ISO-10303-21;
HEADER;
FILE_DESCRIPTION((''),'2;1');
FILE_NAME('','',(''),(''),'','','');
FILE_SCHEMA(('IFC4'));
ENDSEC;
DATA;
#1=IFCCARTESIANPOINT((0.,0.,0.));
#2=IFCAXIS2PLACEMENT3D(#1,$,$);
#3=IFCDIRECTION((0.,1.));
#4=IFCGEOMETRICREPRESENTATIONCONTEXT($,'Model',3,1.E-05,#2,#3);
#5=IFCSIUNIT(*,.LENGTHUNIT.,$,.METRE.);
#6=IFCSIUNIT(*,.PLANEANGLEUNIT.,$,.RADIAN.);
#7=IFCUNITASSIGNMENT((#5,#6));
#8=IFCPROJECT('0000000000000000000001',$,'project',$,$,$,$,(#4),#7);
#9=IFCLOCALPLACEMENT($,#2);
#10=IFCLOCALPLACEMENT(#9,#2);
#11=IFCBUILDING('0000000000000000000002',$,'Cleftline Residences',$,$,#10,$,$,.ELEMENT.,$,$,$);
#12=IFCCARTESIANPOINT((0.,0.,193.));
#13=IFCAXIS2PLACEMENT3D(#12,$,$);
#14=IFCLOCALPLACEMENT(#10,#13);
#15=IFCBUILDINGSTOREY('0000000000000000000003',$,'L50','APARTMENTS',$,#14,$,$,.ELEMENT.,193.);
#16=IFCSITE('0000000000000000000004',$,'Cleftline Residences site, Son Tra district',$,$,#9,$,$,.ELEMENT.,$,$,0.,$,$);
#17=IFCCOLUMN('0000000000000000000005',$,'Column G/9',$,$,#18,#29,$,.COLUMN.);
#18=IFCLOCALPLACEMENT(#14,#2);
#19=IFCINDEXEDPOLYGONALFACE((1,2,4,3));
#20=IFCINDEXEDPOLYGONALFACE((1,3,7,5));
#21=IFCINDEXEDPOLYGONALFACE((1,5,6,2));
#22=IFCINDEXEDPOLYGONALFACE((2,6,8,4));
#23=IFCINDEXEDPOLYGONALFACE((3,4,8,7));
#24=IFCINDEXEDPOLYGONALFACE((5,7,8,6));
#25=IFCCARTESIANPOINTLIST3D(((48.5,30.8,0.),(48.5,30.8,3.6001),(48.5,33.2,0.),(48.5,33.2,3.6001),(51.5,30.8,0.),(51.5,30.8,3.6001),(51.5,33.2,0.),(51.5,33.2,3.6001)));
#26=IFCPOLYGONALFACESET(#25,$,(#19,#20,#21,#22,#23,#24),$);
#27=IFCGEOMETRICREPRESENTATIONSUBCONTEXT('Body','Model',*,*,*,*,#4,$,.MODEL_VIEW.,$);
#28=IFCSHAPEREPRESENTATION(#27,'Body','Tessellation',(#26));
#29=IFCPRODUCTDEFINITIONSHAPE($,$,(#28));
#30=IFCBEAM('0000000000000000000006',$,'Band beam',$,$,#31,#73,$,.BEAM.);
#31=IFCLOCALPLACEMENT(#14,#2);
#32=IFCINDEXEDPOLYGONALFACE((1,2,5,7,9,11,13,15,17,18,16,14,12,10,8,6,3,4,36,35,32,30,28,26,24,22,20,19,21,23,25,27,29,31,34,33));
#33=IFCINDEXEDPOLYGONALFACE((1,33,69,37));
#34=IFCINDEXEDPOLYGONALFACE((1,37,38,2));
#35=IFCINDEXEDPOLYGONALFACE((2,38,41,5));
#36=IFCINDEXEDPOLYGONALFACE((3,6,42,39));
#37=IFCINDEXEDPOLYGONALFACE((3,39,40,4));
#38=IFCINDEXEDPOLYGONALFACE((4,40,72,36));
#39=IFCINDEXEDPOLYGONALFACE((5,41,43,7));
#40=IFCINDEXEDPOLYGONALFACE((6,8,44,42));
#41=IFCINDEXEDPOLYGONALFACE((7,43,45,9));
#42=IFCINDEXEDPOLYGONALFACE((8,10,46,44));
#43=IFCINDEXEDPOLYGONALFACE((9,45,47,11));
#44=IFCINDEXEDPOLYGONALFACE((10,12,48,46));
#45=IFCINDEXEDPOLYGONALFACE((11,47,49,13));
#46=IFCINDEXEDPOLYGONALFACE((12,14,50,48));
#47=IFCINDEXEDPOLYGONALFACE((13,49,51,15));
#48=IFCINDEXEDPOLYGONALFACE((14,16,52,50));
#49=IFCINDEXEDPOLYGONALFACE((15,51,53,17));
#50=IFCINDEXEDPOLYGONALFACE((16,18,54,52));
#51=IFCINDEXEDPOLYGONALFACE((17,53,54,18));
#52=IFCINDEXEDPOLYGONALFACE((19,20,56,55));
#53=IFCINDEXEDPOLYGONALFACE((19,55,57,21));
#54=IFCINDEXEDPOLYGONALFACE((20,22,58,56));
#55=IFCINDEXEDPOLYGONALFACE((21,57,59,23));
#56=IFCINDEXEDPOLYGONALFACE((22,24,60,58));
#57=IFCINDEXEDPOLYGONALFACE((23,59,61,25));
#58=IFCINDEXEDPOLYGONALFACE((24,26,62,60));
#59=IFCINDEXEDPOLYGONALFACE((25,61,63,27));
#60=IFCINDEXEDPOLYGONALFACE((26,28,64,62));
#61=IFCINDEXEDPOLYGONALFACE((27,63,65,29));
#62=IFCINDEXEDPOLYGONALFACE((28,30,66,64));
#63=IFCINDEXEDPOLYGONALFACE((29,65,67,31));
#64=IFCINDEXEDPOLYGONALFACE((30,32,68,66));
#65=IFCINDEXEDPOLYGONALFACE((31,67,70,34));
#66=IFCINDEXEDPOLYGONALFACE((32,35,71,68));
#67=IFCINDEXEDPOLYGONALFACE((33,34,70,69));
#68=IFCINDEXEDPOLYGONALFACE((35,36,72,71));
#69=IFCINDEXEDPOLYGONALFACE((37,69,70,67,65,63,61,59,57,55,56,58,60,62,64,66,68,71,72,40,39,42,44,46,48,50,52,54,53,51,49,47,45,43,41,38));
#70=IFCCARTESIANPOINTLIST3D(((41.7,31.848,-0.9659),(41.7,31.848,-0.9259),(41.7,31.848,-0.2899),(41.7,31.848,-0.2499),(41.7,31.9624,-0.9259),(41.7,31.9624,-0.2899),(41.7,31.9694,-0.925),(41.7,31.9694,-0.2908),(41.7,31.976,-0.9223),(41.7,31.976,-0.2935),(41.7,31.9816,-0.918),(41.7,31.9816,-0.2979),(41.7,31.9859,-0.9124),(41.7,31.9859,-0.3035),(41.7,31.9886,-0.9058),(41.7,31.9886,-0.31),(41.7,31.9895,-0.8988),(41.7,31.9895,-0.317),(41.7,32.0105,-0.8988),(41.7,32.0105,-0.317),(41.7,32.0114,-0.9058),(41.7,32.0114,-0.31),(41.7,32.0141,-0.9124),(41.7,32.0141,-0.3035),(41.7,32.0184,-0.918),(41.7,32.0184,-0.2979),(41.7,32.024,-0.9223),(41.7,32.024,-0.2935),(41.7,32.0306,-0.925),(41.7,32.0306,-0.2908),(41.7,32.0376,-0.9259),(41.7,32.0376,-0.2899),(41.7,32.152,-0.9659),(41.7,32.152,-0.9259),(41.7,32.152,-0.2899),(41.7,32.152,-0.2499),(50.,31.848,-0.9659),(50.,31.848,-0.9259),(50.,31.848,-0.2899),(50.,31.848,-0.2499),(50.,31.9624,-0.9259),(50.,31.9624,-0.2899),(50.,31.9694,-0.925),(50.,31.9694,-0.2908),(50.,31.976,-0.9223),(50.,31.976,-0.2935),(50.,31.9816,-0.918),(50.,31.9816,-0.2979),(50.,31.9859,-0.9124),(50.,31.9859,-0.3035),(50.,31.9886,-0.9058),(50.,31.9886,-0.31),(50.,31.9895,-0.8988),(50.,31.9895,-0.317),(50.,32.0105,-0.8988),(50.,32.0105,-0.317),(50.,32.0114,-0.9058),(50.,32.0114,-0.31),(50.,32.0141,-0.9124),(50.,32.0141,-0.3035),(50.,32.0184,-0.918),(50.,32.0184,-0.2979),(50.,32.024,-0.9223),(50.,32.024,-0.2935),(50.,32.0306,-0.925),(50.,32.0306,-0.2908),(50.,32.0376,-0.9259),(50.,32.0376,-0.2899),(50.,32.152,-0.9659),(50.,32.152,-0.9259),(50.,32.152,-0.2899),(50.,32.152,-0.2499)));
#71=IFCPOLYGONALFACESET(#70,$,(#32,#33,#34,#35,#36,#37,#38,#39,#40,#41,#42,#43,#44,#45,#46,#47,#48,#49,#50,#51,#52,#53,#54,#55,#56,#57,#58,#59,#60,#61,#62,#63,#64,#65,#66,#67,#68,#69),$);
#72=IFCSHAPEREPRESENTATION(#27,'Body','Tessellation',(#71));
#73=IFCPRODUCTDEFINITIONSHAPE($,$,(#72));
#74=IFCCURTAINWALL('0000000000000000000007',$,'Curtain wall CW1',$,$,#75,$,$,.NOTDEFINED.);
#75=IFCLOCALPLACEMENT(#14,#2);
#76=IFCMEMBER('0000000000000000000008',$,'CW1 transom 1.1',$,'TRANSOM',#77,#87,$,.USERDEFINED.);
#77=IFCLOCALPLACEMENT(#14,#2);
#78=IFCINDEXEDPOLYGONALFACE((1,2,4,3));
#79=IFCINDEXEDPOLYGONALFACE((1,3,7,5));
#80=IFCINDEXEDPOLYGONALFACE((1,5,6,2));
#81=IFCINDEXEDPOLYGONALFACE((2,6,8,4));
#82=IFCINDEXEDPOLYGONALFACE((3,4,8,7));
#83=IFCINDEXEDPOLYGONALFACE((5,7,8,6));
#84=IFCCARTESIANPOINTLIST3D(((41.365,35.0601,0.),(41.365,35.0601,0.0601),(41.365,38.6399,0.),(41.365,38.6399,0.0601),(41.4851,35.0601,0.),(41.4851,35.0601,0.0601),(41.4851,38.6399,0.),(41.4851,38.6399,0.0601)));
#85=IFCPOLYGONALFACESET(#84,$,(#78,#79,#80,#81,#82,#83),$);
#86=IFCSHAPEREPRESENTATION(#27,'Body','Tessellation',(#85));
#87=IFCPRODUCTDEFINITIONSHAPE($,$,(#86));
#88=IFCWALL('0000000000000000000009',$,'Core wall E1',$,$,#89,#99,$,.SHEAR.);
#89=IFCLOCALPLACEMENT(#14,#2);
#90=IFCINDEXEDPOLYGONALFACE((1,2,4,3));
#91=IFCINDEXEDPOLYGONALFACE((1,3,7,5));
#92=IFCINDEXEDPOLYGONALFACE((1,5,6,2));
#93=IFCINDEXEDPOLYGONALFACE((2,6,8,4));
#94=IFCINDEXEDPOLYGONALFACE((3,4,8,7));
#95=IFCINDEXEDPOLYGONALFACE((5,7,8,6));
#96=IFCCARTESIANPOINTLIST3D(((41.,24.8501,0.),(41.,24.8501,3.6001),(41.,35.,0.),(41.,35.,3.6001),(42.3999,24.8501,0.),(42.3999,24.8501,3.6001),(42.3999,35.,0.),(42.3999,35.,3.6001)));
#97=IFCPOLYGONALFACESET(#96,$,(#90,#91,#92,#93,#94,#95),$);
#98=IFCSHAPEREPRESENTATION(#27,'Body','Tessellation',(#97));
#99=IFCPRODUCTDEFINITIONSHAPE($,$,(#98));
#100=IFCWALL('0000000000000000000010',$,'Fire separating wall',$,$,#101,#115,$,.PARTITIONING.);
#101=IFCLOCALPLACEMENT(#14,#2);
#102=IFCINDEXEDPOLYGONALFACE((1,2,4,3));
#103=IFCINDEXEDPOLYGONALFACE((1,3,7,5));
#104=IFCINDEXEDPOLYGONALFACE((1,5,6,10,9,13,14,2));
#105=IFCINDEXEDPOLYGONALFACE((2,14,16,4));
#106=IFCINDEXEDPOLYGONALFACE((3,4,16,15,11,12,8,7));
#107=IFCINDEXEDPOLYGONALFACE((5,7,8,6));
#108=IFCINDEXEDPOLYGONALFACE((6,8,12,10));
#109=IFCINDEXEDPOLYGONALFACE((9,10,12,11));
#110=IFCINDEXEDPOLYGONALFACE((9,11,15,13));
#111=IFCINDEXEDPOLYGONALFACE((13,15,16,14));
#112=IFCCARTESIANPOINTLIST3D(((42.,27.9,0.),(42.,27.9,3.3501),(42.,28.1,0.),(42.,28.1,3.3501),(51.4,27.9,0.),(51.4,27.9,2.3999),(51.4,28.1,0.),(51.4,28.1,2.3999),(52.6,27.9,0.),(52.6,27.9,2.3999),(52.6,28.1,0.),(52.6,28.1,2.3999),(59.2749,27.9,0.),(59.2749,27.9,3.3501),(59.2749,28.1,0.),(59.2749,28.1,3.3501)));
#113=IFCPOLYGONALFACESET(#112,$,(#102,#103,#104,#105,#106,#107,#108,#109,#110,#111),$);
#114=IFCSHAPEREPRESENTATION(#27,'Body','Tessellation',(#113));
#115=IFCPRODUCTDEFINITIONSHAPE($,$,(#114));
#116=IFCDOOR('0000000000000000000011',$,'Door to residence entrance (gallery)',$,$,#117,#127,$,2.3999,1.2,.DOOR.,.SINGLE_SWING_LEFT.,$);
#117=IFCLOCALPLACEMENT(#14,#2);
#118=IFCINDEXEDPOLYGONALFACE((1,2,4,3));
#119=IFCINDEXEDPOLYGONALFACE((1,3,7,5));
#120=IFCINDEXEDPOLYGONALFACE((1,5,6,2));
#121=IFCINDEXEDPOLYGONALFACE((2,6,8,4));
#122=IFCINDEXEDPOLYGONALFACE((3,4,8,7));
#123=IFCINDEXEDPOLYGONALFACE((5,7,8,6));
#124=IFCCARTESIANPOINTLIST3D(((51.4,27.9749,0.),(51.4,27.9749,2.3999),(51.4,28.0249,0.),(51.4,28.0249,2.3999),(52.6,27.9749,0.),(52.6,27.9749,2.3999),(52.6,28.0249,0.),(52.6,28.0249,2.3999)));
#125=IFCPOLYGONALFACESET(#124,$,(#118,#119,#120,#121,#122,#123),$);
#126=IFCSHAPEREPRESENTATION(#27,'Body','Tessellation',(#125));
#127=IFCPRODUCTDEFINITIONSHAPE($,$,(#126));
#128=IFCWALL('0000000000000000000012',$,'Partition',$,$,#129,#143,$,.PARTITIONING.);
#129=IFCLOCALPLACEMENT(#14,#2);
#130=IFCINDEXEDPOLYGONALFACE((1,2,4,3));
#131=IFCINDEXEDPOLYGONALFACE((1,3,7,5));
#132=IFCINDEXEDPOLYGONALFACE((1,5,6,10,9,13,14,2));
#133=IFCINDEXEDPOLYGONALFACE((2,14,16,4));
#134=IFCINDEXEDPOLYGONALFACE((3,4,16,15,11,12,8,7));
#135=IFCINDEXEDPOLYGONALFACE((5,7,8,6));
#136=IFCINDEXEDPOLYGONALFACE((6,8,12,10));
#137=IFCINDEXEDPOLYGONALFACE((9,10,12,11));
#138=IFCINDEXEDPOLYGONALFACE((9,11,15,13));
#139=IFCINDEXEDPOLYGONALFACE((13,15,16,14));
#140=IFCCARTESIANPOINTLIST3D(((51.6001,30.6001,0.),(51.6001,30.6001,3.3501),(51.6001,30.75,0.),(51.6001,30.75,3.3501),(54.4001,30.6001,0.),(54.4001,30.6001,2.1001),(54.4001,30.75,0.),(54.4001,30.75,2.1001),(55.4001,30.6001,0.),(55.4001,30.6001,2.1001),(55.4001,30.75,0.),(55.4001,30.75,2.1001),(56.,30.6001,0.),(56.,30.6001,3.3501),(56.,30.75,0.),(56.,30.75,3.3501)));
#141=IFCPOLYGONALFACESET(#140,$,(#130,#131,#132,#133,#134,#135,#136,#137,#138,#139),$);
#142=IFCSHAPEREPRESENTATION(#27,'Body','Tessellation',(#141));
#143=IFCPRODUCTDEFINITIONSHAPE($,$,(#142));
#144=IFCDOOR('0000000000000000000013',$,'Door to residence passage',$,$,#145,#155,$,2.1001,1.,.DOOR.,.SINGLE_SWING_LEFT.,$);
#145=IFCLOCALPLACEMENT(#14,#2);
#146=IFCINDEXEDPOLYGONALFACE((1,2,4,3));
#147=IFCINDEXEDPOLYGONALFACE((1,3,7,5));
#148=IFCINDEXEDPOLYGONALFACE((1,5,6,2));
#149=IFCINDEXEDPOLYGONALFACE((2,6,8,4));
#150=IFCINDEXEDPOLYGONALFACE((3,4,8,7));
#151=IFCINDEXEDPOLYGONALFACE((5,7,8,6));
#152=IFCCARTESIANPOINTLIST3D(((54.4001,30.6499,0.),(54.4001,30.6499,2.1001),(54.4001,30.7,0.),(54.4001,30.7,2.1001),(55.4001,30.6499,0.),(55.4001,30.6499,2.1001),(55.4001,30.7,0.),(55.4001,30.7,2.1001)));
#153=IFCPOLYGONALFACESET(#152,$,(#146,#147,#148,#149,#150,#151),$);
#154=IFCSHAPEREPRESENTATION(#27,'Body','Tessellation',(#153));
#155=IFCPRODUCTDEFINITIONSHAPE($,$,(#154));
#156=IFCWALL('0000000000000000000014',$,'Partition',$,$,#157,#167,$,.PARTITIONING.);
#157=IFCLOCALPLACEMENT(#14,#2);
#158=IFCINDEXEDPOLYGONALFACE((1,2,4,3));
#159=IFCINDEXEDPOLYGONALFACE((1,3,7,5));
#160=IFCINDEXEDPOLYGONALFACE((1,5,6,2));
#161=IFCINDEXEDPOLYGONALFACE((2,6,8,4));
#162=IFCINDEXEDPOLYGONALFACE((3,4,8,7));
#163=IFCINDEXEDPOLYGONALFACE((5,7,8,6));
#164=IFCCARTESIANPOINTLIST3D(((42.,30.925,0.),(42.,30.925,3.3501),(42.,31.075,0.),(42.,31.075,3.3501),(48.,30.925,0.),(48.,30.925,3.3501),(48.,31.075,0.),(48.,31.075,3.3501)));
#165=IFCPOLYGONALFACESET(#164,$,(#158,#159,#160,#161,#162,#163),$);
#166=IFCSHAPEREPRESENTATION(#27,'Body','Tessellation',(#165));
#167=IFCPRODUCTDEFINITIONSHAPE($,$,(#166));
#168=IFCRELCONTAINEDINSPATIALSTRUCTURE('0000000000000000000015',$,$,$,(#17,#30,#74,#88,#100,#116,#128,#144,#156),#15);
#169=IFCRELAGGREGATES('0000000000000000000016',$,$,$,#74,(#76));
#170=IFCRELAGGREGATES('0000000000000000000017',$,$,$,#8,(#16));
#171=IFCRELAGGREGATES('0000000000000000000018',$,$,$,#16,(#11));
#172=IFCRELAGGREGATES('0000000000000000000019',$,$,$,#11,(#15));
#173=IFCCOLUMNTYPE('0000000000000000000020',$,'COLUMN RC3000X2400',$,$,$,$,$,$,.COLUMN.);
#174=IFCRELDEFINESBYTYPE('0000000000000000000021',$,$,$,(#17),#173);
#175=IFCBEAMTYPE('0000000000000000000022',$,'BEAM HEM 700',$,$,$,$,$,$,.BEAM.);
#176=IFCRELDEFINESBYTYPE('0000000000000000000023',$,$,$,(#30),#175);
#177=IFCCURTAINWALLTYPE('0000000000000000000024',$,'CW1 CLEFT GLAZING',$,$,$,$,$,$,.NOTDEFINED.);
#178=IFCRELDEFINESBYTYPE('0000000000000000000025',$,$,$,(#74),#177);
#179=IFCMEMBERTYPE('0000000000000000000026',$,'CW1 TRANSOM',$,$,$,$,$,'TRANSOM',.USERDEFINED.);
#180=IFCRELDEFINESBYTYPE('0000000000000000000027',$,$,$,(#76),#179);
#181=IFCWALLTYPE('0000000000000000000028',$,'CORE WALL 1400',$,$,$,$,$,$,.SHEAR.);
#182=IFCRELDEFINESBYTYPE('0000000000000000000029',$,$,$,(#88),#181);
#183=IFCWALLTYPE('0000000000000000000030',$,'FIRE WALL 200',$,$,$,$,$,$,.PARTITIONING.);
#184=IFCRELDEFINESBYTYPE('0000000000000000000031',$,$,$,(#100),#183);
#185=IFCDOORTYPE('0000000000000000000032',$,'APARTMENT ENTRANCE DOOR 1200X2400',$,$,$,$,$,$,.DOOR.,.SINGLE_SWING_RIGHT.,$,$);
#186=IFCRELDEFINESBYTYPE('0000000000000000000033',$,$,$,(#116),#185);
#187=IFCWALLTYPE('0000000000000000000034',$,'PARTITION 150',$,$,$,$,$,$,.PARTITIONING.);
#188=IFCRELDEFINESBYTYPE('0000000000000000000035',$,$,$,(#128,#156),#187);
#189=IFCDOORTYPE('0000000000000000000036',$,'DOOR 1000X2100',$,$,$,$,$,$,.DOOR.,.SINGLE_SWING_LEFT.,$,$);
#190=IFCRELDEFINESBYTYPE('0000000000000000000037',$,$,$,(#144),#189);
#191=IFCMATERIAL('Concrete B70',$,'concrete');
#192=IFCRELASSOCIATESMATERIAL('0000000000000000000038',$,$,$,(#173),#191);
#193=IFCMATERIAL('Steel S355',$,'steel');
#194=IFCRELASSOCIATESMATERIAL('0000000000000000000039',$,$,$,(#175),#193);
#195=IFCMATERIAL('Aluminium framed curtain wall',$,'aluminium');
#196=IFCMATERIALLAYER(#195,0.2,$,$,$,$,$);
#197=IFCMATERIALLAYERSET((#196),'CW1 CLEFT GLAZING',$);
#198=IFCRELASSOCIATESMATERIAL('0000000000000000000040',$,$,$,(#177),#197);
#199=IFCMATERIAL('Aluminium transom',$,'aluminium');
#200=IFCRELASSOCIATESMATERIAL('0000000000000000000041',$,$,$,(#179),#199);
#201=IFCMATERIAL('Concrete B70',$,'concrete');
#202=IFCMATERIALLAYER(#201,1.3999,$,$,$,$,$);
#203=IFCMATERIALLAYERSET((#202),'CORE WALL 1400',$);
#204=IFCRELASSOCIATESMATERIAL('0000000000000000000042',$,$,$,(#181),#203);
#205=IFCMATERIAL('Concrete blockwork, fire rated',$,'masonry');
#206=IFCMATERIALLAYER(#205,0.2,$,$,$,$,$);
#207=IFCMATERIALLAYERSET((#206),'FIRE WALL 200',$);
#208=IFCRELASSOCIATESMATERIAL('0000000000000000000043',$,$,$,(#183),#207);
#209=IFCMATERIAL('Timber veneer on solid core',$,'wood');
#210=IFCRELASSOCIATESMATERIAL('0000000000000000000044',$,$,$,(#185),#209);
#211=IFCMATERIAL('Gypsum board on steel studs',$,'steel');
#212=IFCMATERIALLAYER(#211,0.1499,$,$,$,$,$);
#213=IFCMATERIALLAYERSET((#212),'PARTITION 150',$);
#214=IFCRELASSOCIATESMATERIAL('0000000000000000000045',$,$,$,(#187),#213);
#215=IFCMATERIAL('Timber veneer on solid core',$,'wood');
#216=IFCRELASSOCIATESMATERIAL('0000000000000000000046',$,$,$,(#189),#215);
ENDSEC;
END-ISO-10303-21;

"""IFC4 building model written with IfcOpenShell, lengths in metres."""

from ifc_helpers import new_model, si_unit, direction, frame, frame_2d, origin, origin_2d, place, context, subcontext, project, spatial, rectangle, i_section, extrude, material, layer, layer_set, material_profile, profile_set, type_object, element, fill, aggregate, save


model = new_model("IFC4")

# Units and contexts
model_context = context("Model", 3, precision=1e-05, world=origin(), true_north=direction((0.0, 1.0)))
body_context = subcontext(model_context, "Body", "Model", "MODEL_VIEW")
ifc_project = project(units=[si_unit("LENGTHUNIT", "METRE"), si_unit("PLANEANGLEUNIT", "RADIAN")], contexts=[model_context])

# Site, building, storey
site_placement = place(None, origin())
site = spatial("IfcSite", under=ifc_project, at=site_placement, Name="Cleftline Residences site, Son Tra district", CompositionType="ELEMENT", RefElevation=0.0)
building_placement = place(site_placement, origin())
building = spatial("IfcBuilding", under=site, at=building_placement, Name="Cleftline Residences", CompositionType="ELEMENT")
storey_placement = place(building_placement, frame((0.0, 0.0, 193.0)))
storey = spatial("IfcBuildingStorey", under=building, at=storey_placement, Name="L50", Description="APARTMENTS", CompositionType="ELEMENT", Elevation=193.0)

# Column
ifc_material_1 = material(Name="Concrete B70", Category="concrete")
ifc_material_profile_1 = material_profile(ifc_material_1, rectangle(XDim=3.0, YDim=2.3999, at=origin_2d()))
ifc_profile_set_1 = profile_set([ifc_material_profile_1], Name="Concrete B70")
column_type = type_object("IfcColumnType", Name="COLUMN RC3000X2400", PredefinedType="COLUMN", material=ifc_profile_set_1)
column_placement = place(storey_placement, frame((50.0, 32.0, 0.0), z_axis=(0.0, 0.0, 1.0), x_axis=(1.0, 0.0, 0.0)))
element("IfcColumn", 1, at=column_placement, inside=storey, type_object=column_type, Name="Column G/9", PredefinedType="COLUMN", context=body_context, shape_type="SweptSolid", body=[
    extrude(rectangle(XDim=3.0, YDim=2.3999, at=origin_2d()), origin(), (0.0, 0.0, 1.0), 3.6001),
])

# Beam
ifc_material_2 = material(Name="Steel S355", Category="steel")
ifc_material_profile_2 = material_profile(ifc_material_2, i_section(OverallWidth=0.304, OverallDepth=0.7161, WebThickness=0.021, FlangeThickness=0.04, FilletRadius=0.0271, at=origin_2d()))
ifc_profile_set_2 = profile_set([ifc_material_profile_2], Name="Steel S355")
beam_type = type_object("IfcBeamType", Name="BEAM HEM 700", PredefinedType="BEAM", material=ifc_profile_set_2)
beam_placement = place(storey_placement, frame((50.0, 32.0, -0.6079), z_axis=(-1.0, 0.0, 0.0), x_axis=(0.0, -1.0, 0.0)))
element("IfcBeam", 2, at=beam_placement, inside=storey, type_object=beam_type, Name="Band beam", PredefinedType="BEAM", context=body_context, shape_type="SweptSolid", body=[
    extrude(i_section(OverallWidth=0.304, OverallDepth=0.7161, WebThickness=0.021, FlangeThickness=0.04, FilletRadius=0.0271, at=origin_2d()), origin(), (0.0, 0.0, 1.0), 8.3),
])

# Curtain wall, member
ifc_material_3 = material(Name="Aluminium framed curtain wall", Category="aluminium")
ifc_layer_1 = layer(ifc_material_3, 0.2)
ifc_layer_set_1 = layer_set([ifc_layer_1], Name="CW1 CLEFT GLAZING")
curtain_wall_type = type_object("IfcCurtainWallType", Name="CW1 CLEFT GLAZING", PredefinedType="NOTDEFINED", material=ifc_layer_set_1)
curtain_wall_placement = place(storey_placement, origin())
curtain_wall = element("IfcCurtainWall", 3, at=curtain_wall_placement, inside=storey, type_object=curtain_wall_type, Name="Curtain wall CW1", PredefinedType="NOTDEFINED")
ifc_material_4 = material(Name="Aluminium transom", Category="aluminium")
ifc_material_profile_3 = material_profile(ifc_material_4, rectangle(XDim=0.1201, YDim=0.0601, at=origin_2d()))
ifc_profile_set_3 = profile_set([ifc_material_profile_3], Name="Aluminium transom")
member_type = type_object("IfcMemberType", Name="CW1 TRANSOM", ElementType="TRANSOM", PredefinedType="USERDEFINED", material=ifc_profile_set_3)
member_placement = place(storey_placement, frame((41.425, 38.6399, 0.03), z_axis=(0.0, -1.0, 0.0), x_axis=(1.0, 0.0, 0.0)))
member = element("IfcMember", 4, at=member_placement, type_object=member_type, Name="CW1 transom 1.1", ObjectType="TRANSOM", PredefinedType="USERDEFINED", context=body_context, shape_type="SweptSolid", body=[
    extrude(rectangle(XDim=0.1201, YDim=0.0601, at=origin_2d()), origin(), (0.0, 0.0, 1.0), 3.5798),
])
aggregate(curtain_wall, [member])

# Wall
ifc_material_5 = material(Name="Concrete B70", Category="concrete")
ifc_layer_2 = layer(ifc_material_5, 1.3999)
ifc_layer_set_2 = layer_set([ifc_layer_2], Name="CORE WALL 1400")
wall_type_1 = type_object("IfcWallType", Name="CORE WALL 1400", PredefinedType="SHEAR", material=ifc_layer_set_2)
wall_1_placement = place(storey_placement, frame((41.7, 24.8501, 0.0), z_axis=(0.0, 0.0, 1.0), x_axis=(0.0, 1.0, 0.0)))
element("IfcWall", 5, at=wall_1_placement, inside=storey, type_object=wall_type_1, Name="Core wall E1", PredefinedType="SHEAR", context=body_context, shape_type="SweptSolid", body=[
    extrude(rectangle(XDim=10.1499, YDim=1.3999, at=frame_2d((5.075, 0.0))), origin(), (0.0, 0.0, 1.0), 3.6001),
])

# Walls, openings, doors
ifc_material_6 = material(Name="Concrete blockwork, fire rated", Category="masonry")
ifc_layer_3 = layer(ifc_material_6, 0.2)
ifc_layer_set_3 = layer_set([ifc_layer_3], Name="FIRE WALL 200")
wall_type_2 = type_object("IfcWallType", Name="FIRE WALL 200", PredefinedType="PARTITIONING", material=ifc_layer_set_3)
wall_2_placement = place(storey_placement, frame((42.0, 28.0, 0.0), z_axis=(0.0, 0.0, 1.0), x_axis=(1.0, 0.0, 0.0)))
wall_2 = element("IfcWall", 6, at=wall_2_placement, inside=storey, type_object=wall_type_2, Name="Fire separating wall", PredefinedType="PARTITIONING", context=body_context, shape_type="SweptSolid", body=[
    extrude(rectangle(XDim=17.2749, YDim=0.2, at=frame_2d((8.6375, 0.0))), origin(), (0.0, 0.0, 1.0), 3.3501),
])
opening_1_placement = place(wall_2_placement, frame((9.3999, 0.0, 0.0)))
opening_1 = element("IfcOpeningElement", 7, at=opening_1_placement, cuts=wall_2, PredefinedType="OPENING", context=body_context, shape_type="SweptSolid", body=[
    extrude(rectangle(XDim=1.2, YDim=2.3999, at=frame_2d((0.6001, 1.2))), frame((0.0, 0.1099, 0.0), z_axis=(0.0, -1.0, 0.0), x_axis=(1.0, 0.0, 0.0)), (0.0, 0.0, 1.0), 0.22),
])
ifc_material_7 = material(Name="Timber veneer on solid core", Category="wood")
door_type_1 = type_object("IfcDoorType", Name="APARTMENT ENTRANCE DOOR 1200X2400", OperationType="SINGLE_SWING_RIGHT", PredefinedType="DOOR", material=ifc_material_7)
door_1_placement = place(opening_1_placement, origin())
door_1 = element("IfcDoor", 8, at=door_1_placement, inside=storey, type_object=door_type_1, Name="Door to residence entrance (gallery)", OperationType="SINGLE_SWING_LEFT", OverallHeight=2.3999, OverallWidth=1.2, PredefinedType="DOOR", context=body_context, shape_type="SweptSolid", body=[
    extrude(rectangle(XDim=1.2, YDim=2.3999, at=frame_2d((0.6001, 1.2))), frame((0.0, 0.0249, 0.0), z_axis=(0.0, -1.0, 0.0), x_axis=(1.0, 0.0, 0.0)), (0.0, 0.0, 1.0), 0.05),
])
fill(opening_1, door_1)
ifc_material_8 = material(Name="Gypsum board on steel studs", Category="steel")
ifc_layer_4 = layer(ifc_material_8, 0.1499)
ifc_layer_set_4 = layer_set([ifc_layer_4], Name="PARTITION 150")
wall_type_3 = type_object("IfcWallType", Name="PARTITION 150", PredefinedType="PARTITIONING", material=ifc_layer_set_4)
wall_3_placement = place(storey_placement, frame((51.6001, 30.675, 0.0), z_axis=(0.0, 0.0, 1.0), x_axis=(1.0, 0.0, 0.0)))
wall_3 = element("IfcWall", 9, at=wall_3_placement, inside=storey, type_object=wall_type_3, Name="Partition", PredefinedType="PARTITIONING", context=body_context, shape_type="SweptSolid", body=[
    extrude(rectangle(XDim=4.3999, YDim=0.1499, at=frame_2d((2.2, 0.0))), origin(), (0.0, 0.0, 1.0), 3.3501),
])
opening_2_placement = place(wall_3_placement, frame((2.8, 0.0, 0.0)))
opening_2 = element("IfcOpeningElement", 10, at=opening_2_placement, cuts=wall_3, PredefinedType="OPENING", context=body_context, shape_type="SweptSolid", body=[
    extrude(rectangle(XDim=1.0, YDim=2.1001, at=frame_2d((0.5, 1.05))), frame((0.0, 0.085, 0.0), z_axis=(0.0, -1.0, 0.0), x_axis=(1.0, 0.0, 0.0)), (0.0, 0.0, 1.0), 0.1699),
])
ifc_material_9 = material(Name="Timber veneer on solid core", Category="wood")
door_type_2 = type_object("IfcDoorType", Name="DOOR 1000X2100", OperationType="SINGLE_SWING_LEFT", PredefinedType="DOOR", material=ifc_material_9)
door_2_placement = place(opening_2_placement, origin())
door_2 = element("IfcDoor", 11, at=door_2_placement, inside=storey, type_object=door_type_2, Name="Door to residence passage", OperationType="SINGLE_SWING_LEFT", OverallHeight=2.1001, OverallWidth=1.0, PredefinedType="DOOR", context=body_context, shape_type="SweptSolid", body=[
    extrude(rectangle(XDim=1.0, YDim=2.1001, at=frame_2d((0.5, 1.05))), frame((0.0, 0.0249, 0.0), z_axis=(0.0, -1.0, 0.0), x_axis=(1.0, 0.0, 0.0)), (0.0, 0.0, 1.0), 0.05),
])
fill(opening_2, door_2)

# Wall
wall_4_placement = place(storey_placement, frame((42.0, 31.0, 0.0), z_axis=(0.0, 0.0, 1.0), x_axis=(1.0, 0.0, 0.0)))
element("IfcWall", 12, at=wall_4_placement, inside=storey, type_object=wall_type_3, Name="Partition", PredefinedType="PARTITIONING", context=body_context, shape_type="SweptSolid", body=[
    extrude(rectangle(XDim=6.0, YDim=0.1499, at=frame_2d((3.0, 0.0))), origin(), (0.0, 0.0, 1.0), 3.3501),
])

save(model, "model.ifc")
